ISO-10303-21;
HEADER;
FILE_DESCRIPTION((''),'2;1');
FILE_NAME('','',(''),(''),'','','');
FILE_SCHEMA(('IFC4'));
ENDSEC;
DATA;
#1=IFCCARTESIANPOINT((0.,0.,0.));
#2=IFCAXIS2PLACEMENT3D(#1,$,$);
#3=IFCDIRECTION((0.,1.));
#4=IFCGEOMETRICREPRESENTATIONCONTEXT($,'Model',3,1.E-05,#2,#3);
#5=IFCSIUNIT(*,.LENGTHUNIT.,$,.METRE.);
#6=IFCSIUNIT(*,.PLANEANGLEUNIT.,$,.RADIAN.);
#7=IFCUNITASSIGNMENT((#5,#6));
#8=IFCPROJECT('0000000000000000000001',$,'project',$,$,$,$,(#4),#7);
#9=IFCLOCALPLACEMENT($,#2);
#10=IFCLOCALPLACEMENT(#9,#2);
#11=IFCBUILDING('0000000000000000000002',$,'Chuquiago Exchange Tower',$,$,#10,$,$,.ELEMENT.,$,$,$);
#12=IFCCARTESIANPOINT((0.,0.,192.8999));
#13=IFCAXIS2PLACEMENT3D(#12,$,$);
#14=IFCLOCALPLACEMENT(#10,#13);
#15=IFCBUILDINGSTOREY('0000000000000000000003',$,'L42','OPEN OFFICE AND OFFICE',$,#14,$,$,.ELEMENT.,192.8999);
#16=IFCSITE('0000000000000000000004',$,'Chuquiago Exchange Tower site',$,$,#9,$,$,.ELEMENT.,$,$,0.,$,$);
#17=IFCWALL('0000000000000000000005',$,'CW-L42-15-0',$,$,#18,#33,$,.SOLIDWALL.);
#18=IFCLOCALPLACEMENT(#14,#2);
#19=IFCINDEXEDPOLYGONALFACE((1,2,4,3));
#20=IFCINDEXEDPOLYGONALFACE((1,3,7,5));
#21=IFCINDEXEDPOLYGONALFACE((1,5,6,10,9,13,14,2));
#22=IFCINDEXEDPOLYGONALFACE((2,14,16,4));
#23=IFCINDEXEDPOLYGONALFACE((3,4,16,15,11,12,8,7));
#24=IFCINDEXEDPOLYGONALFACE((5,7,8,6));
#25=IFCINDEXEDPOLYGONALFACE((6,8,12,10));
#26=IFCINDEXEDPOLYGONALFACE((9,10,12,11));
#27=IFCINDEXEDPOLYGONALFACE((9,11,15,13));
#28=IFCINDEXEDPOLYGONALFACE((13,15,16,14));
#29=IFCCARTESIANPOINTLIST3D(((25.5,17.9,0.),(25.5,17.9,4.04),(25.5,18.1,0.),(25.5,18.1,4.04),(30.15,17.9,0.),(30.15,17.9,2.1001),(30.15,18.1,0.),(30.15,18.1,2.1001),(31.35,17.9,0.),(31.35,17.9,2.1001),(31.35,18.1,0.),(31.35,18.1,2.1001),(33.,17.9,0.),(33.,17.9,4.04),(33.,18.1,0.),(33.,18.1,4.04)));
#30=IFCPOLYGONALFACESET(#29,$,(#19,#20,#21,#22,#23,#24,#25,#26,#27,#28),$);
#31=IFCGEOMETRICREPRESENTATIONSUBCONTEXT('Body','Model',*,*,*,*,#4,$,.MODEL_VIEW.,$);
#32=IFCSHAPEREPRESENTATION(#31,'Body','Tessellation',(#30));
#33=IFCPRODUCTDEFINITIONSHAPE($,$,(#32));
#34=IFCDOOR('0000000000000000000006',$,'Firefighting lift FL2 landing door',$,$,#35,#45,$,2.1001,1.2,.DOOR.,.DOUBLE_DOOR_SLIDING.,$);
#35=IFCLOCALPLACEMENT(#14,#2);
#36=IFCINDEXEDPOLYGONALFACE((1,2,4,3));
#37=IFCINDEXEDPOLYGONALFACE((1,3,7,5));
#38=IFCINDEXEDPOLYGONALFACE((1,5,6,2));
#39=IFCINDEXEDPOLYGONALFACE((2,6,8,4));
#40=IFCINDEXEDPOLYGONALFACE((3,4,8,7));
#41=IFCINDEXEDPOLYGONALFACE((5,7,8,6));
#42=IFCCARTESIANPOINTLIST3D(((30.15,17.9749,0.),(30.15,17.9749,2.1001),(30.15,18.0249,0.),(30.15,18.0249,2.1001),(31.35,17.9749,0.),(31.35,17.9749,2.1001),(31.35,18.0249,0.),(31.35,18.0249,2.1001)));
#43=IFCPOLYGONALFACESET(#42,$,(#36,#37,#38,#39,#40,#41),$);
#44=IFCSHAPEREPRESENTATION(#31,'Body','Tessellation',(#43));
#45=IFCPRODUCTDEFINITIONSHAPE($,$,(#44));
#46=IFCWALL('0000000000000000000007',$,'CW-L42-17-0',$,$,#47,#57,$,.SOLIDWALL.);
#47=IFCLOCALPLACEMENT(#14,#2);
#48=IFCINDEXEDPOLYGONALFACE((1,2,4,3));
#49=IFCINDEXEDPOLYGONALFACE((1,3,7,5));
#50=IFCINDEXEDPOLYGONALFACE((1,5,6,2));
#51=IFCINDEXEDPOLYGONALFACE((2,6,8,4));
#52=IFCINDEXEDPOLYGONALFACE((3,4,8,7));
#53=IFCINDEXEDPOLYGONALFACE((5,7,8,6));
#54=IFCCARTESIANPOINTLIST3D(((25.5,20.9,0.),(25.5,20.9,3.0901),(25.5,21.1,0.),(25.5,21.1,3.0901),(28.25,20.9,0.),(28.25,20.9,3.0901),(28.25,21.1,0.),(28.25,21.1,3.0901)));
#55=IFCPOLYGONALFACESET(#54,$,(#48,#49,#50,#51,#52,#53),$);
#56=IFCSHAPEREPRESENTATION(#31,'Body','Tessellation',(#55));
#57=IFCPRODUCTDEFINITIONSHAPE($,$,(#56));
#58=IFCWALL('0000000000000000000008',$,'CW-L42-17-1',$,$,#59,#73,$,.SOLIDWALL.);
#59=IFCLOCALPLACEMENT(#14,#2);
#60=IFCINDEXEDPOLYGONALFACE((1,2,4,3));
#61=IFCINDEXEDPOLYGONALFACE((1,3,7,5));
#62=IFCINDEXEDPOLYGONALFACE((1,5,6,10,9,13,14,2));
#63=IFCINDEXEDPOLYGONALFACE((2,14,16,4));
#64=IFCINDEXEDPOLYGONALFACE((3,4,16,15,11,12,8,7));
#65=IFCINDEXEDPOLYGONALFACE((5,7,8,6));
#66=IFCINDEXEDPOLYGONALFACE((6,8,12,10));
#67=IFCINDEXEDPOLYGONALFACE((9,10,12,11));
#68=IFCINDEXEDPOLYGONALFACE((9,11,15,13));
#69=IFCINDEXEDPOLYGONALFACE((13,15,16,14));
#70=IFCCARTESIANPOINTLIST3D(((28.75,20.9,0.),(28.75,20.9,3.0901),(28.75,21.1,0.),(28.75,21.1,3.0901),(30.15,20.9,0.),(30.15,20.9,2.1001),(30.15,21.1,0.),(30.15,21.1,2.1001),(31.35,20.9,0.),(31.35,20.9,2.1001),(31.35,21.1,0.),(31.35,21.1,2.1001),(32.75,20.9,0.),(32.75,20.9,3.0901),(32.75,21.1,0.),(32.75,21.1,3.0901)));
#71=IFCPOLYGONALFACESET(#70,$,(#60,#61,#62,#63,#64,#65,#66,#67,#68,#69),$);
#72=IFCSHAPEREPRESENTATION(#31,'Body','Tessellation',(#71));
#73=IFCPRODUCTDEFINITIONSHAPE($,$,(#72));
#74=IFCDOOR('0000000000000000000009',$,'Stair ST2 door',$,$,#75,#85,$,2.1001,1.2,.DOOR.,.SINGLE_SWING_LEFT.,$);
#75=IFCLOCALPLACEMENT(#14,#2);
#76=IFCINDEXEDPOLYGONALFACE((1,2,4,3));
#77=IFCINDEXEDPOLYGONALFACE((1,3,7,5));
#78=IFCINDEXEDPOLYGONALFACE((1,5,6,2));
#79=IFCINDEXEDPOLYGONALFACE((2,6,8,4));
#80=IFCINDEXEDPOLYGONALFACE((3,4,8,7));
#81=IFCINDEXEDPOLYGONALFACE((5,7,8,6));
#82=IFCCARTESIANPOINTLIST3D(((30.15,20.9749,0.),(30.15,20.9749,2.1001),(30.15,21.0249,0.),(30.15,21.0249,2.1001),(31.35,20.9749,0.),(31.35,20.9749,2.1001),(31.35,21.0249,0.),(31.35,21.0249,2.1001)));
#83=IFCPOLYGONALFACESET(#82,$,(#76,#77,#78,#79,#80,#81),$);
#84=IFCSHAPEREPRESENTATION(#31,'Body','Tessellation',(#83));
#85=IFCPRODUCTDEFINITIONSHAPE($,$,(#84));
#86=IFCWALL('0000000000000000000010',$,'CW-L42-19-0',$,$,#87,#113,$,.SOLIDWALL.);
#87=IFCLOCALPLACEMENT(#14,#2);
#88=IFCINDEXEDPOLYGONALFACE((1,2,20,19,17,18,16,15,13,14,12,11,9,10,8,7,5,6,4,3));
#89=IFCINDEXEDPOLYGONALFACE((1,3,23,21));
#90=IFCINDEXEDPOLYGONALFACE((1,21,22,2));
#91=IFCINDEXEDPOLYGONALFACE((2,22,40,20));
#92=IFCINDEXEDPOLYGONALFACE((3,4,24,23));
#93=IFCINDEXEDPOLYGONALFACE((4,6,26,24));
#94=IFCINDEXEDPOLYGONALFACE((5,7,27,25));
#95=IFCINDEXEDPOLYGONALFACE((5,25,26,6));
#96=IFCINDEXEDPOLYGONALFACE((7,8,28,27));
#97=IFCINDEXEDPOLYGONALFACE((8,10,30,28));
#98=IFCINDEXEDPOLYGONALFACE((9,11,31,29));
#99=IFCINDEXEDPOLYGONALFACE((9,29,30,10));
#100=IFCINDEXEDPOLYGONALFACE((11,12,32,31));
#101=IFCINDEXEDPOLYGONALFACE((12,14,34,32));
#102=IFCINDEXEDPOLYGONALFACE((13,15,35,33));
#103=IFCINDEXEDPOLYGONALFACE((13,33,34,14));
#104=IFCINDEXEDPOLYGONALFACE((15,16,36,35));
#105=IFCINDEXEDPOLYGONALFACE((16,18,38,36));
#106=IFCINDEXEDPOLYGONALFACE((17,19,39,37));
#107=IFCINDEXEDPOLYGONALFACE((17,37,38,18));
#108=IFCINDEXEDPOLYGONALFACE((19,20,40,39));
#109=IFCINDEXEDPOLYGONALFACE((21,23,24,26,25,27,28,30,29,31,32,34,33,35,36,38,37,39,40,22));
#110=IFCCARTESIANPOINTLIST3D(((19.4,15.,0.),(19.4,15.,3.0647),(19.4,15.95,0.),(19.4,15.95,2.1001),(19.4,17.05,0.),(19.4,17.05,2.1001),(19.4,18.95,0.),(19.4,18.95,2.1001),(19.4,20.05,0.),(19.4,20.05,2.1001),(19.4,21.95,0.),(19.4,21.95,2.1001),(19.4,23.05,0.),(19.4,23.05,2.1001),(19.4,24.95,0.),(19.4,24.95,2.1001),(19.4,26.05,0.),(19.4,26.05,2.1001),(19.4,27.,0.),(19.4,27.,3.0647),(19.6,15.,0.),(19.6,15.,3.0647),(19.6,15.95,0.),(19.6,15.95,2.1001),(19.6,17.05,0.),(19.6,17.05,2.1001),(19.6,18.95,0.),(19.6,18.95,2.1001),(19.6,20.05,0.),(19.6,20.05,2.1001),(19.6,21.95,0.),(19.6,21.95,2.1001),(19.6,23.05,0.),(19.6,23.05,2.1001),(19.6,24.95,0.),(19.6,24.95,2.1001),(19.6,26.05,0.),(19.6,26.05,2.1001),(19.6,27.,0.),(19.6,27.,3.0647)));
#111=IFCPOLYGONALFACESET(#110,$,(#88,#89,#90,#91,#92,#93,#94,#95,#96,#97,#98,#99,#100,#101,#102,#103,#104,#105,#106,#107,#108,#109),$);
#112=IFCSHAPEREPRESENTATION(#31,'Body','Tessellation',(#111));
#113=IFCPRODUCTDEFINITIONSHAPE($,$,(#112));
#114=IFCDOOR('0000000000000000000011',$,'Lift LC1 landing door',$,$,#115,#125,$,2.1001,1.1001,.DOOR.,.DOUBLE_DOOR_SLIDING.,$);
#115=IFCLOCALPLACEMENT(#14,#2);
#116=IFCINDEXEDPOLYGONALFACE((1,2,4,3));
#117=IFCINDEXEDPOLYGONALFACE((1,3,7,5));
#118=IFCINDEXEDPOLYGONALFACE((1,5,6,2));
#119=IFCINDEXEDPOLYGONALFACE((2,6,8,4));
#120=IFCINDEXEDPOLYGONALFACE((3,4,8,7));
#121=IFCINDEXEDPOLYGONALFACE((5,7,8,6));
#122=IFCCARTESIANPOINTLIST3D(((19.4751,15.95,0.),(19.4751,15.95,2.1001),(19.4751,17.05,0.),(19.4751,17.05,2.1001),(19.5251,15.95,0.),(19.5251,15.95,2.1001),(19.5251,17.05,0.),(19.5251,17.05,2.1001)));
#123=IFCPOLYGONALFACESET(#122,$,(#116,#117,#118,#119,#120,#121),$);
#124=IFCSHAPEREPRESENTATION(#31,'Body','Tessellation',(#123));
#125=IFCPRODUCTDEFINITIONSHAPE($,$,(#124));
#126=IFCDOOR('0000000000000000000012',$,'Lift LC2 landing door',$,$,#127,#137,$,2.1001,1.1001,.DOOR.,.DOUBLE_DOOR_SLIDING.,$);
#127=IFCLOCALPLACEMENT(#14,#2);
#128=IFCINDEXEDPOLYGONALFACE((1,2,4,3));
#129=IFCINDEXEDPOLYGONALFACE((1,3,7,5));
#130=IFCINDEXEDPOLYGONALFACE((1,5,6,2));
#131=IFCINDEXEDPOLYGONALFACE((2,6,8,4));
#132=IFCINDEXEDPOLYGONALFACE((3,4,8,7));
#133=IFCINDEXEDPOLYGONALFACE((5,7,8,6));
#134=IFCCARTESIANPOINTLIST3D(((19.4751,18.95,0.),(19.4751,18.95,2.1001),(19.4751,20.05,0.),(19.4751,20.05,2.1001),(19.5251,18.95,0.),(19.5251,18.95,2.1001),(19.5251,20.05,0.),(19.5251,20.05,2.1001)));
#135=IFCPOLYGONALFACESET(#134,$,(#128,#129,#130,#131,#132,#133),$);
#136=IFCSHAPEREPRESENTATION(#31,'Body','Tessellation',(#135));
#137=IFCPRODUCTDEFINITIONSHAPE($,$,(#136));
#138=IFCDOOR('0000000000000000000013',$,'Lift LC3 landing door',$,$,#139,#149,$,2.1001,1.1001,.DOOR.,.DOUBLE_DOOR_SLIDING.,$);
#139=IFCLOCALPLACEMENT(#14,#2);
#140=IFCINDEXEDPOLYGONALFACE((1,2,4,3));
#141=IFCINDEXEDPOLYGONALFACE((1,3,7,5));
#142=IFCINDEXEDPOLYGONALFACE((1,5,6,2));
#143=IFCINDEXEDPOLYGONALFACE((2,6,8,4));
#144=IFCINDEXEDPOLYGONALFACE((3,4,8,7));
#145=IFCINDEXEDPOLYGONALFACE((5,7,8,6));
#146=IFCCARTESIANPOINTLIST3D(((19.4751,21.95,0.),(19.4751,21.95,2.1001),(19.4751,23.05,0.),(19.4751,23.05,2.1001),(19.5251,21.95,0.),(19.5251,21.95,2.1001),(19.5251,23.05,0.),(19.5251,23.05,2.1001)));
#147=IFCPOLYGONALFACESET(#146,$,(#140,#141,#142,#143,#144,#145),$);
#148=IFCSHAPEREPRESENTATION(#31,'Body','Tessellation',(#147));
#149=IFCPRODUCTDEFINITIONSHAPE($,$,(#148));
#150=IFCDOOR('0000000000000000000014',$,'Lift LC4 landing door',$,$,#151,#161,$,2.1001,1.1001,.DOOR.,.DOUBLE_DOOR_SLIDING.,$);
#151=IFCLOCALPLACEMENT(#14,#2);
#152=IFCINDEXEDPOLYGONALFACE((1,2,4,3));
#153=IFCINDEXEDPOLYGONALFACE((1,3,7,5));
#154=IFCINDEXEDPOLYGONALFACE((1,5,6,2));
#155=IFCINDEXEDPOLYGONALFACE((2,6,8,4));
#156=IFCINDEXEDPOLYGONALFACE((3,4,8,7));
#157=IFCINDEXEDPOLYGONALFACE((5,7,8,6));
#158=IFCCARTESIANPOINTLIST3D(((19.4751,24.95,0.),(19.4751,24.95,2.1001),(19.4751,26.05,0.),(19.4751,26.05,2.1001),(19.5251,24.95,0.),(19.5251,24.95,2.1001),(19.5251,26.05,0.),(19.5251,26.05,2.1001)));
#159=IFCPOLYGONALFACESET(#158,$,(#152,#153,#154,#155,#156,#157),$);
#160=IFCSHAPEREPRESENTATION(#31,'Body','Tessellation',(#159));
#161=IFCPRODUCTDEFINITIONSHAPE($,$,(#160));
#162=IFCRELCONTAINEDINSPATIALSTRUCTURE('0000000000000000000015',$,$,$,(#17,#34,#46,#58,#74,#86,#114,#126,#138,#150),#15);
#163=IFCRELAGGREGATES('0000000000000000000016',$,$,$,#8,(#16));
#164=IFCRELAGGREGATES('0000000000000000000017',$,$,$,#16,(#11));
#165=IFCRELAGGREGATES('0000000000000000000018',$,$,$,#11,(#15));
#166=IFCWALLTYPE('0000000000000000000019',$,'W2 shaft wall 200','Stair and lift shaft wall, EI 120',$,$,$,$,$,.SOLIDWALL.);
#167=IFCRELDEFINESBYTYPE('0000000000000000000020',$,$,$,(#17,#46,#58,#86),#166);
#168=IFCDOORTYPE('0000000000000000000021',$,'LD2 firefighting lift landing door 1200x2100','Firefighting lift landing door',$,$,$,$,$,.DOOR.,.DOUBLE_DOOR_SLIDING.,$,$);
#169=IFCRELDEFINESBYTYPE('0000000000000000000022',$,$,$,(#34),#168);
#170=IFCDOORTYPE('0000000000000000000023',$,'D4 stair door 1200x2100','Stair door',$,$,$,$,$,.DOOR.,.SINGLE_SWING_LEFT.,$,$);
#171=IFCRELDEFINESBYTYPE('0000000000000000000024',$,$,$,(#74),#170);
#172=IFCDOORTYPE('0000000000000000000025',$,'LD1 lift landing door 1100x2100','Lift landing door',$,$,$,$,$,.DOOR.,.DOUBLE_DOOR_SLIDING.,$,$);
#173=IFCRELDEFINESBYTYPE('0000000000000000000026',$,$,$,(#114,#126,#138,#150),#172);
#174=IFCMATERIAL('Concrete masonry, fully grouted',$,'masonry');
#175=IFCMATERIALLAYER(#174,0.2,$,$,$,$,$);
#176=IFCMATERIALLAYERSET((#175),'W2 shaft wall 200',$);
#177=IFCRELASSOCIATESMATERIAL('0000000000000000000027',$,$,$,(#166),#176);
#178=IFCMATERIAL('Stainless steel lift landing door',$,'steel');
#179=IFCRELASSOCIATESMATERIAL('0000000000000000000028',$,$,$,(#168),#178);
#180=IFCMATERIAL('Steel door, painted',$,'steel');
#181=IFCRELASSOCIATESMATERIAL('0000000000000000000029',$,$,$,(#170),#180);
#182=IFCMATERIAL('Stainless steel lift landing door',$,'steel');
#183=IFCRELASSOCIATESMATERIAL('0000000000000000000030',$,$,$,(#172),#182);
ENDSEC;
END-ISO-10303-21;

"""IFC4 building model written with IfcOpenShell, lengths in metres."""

from ifc_helpers import new_model, si_unit, direction, frame, frame_2d, origin, place, context, subcontext, project, spatial, rectangle, extrude, material, layer, layer_set, type_object, element, fill, save


model = new_model("IFC4")

# Units and contexts
model_context = context("Model", 3, precision=1e-05, world=origin(), true_north=direction((0.0, 1.0)))
body_context = subcontext(model_context, "Body", "Model", "MODEL_VIEW")
ifc_project = project(units=[si_unit("LENGTHUNIT", "METRE"), si_unit("PLANEANGLEUNIT", "RADIAN")], contexts=[model_context])

# Site, building, storey
site_placement = place(None, origin())
site = spatial("IfcSite", under=ifc_project, at=site_placement, Name="Chuquiago Exchange Tower site", CompositionType="ELEMENT", RefElevation=0.0)
building_placement = place(site_placement, origin())
building = spatial("IfcBuilding", under=site, at=building_placement, Name="Chuquiago Exchange Tower", CompositionType="ELEMENT")
storey_placement = place(building_placement, frame((0.0, 0.0, 192.8999)))
storey = spatial("IfcBuildingStorey", under=building, at=storey_placement, Name="L42", Description="OPEN OFFICE AND OFFICE", CompositionType="ELEMENT", Elevation=192.8999)

# Shared definitions
ifc_material_1 = material(Name="Concrete masonry, fully grouted", Category="masonry")
ifc_layer_1 = layer(ifc_material_1, 0.2)
ifc_layer_set_1 = layer_set([ifc_layer_1], Name="W2 shaft wall 200")
wall_type_1 = type_object("IfcWallType", Name="W2 shaft wall 200", Description="Stair and lift shaft wall, EI 120", PredefinedType="SOLIDWALL", material=ifc_layer_set_1)

# Wall, opening, door
wall_1_placement = place(storey_placement, frame((25.5, 18.0, 0.0), z_axis=(0.0, 0.0, 1.0), x_axis=(1.0, 0.0, 0.0)))
wall_1 = element("IfcWall", 1, at=wall_1_placement, inside=storey, type_object=wall_type_1, Name="CW-L42-15-0", PredefinedType="SOLIDWALL", context=body_context, shape_type="SweptSolid", body=[
    extrude(rectangle(XDim=7.5, YDim=0.2, at=frame_2d((3.75, 0.0))), origin(), (0.0, 0.0, 1.0), 4.04),
])
opening_1_placement = place(wall_1_placement, frame((4.6499, 0.0, 0.0)))
opening_1 = element("IfcOpeningElement", 2, at=opening_1_placement, cuts=wall_1, PredefinedType="OPENING", context=body_context, shape_type="SweptSolid", body=[
    extrude(rectangle(XDim=1.2, YDim=2.1001, at=frame_2d((0.6001, 1.05))), frame((0.0, 0.1099, 0.0), z_axis=(0.0, -1.0, 0.0), x_axis=(1.0, 0.0, 0.0)), (0.0, 0.0, 1.0), 0.22),
])
ifc_material_2 = material(Name="Stainless steel lift landing door", Category="steel")
door_type_1 = type_object("IfcDoorType", Name="LD2 firefighting lift landing door 1200x2100", Description="Firefighting lift landing door", OperationType="DOUBLE_DOOR_SLIDING", PredefinedType="DOOR", material=ifc_material_2)
door_1_placement = place(opening_1_placement, origin())
door_1 = element("IfcDoor", 3, at=door_1_placement, inside=storey, type_object=door_type_1, Name="Firefighting lift FL2 landing door", OperationType="DOUBLE_DOOR_SLIDING", OverallHeight=2.1001, OverallWidth=1.2, PredefinedType="DOOR", context=body_context, shape_type="SweptSolid", body=[
    extrude(rectangle(XDim=1.2, YDim=2.1001, at=frame_2d((0.6001, 1.05))), frame((0.0, 0.0249, 0.0), z_axis=(0.0, -1.0, 0.0), x_axis=(1.0, 0.0, 0.0)), (0.0, 0.0, 1.0), 0.05),
])
fill(opening_1, door_1)

# Wall
wall_2_placement = place(storey_placement, frame((25.5, 21.0, 0.0), z_axis=(0.0, 0.0, 1.0), x_axis=(1.0, 0.0, 0.0)))
element("IfcWall", 4, at=wall_2_placement, inside=storey, type_object=wall_type_1, Name="CW-L42-17-0", PredefinedType="SOLIDWALL", context=body_context, shape_type="SweptSolid", body=[
    extrude(rectangle(XDim=2.75, YDim=0.2, at=frame_2d((1.375, 0.0))), origin(), (0.0, 0.0, 1.0), 3.0901),
])

# Wall, opening, door
wall_3_placement = place(storey_placement, frame((28.75, 21.0, 0.0), z_axis=(0.0, 0.0, 1.0), x_axis=(1.0, 0.0, 0.0)))
wall_3 = element("IfcWall", 5, at=wall_3_placement, inside=storey, type_object=wall_type_1, Name="CW-L42-17-1", PredefinedType="SOLIDWALL", context=body_context, shape_type="SweptSolid", body=[
    extrude(rectangle(XDim=4.0, YDim=0.2, at=frame_2d((2.0, 0.0))), origin(), (0.0, 0.0, 1.0), 3.0901),
])
opening_2_placement = place(wall_3_placement, frame((1.3999, 0.0, 0.0)))
opening_2 = element("IfcOpeningElement", 6, at=opening_2_placement, cuts=wall_3, PredefinedType="OPENING", context=body_context, shape_type="SweptSolid", body=[
    extrude(rectangle(XDim=1.2, YDim=2.1001, at=frame_2d((0.6001, 1.05))), frame((0.0, 0.1099, 0.0), z_axis=(0.0, -1.0, 0.0), x_axis=(1.0, 0.0, 0.0)), (0.0, 0.0, 1.0), 0.22),
])
ifc_material_3 = material(Name="Steel door, painted", Category="steel")
door_type_2 = type_object("IfcDoorType", Name="D4 stair door 1200x2100", Description="Stair door", OperationType="SINGLE_SWING_LEFT", PredefinedType="DOOR", material=ifc_material_3)
door_2_placement = place(opening_2_placement, origin())
door_2 = element("IfcDoor", 7, at=door_2_placement, inside=storey, type_object=door_type_2, Name="Stair ST2 door", OperationType="SINGLE_SWING_LEFT", OverallHeight=2.1001, OverallWidth=1.2, PredefinedType="DOOR", context=body_context, shape_type="SweptSolid", body=[
    extrude(rectangle(XDim=1.2, YDim=2.1001, at=frame_2d((0.6001, 1.05))), frame((0.0, 0.0249, 0.0), z_axis=(0.0, -1.0, 0.0), x_axis=(1.0, 0.0, 0.0)), (0.0, 0.0, 1.0), 0.05),
])
fill(opening_2, door_2)

# Wall, openings, doors
wall_4_placement = place(storey_placement, frame((19.5, 15.0, 0.0), z_axis=(0.0, 0.0, 1.0), x_axis=(0.0, 1.0, 0.0)))
wall_4 = element("IfcWall", 8, at=wall_4_placement, inside=storey, type_object=wall_type_1, Name="CW-L42-19-0", PredefinedType="SOLIDWALL", context=body_context, shape_type="SweptSolid", body=[
    extrude(rectangle(XDim=12.0, YDim=0.2, at=frame_2d((6.0, 0.0))), origin(), (0.0, 0.0, 1.0), 3.0647),
])
opening_3_placement = place(wall_4_placement, frame((0.95, 0.0, 0.0)))
opening_3 = element("IfcOpeningElement", 9, at=opening_3_placement, cuts=wall_4, PredefinedType="OPENING", context=body_context, shape_type="SweptSolid", body=[
    extrude(rectangle(XDim=1.1001, YDim=2.1001, at=frame_2d((0.55, 1.05))), frame((0.0, 0.1099, 0.0), z_axis=(0.0, -1.0, 0.0), x_axis=(1.0, 0.0, 0.0)), (0.0, 0.0, 1.0), 0.22),
])
opening_4_placement = place(wall_4_placement, frame((3.95, 0.0, 0.0)))
opening_4 = element("IfcOpeningElement", 10, at=opening_4_placement, cuts=wall_4, PredefinedType="OPENING", context=body_context, shape_type="SweptSolid", body=[
    extrude(rectangle(XDim=1.1001, YDim=2.1001, at=frame_2d((0.55, 1.05))), frame((0.0, 0.1099, 0.0), z_axis=(0.0, -1.0, 0.0), x_axis=(1.0, 0.0, 0.0)), (0.0, 0.0, 1.0), 0.22),
])
opening_5_placement = place(wall_4_placement, frame((6.95, 0.0, 0.0)))
opening_5 = element("IfcOpeningElement", 11, at=opening_5_placement, cuts=wall_4, PredefinedType="OPENING", context=body_context, shape_type="SweptSolid", body=[
    extrude(rectangle(XDim=1.1001, YDim=2.1001, at=frame_2d((0.55, 1.05))), frame((0.0, 0.1099, 0.0), z_axis=(0.0, -1.0, 0.0), x_axis=(1.0, 0.0, 0.0)), (0.0, 0.0, 1.0), 0.22),
])
opening_6_placement = place(wall_4_placement, frame((9.95, 0.0, 0.0)))
opening_6 = element("IfcOpeningElement", 12, at=opening_6_placement, cuts=wall_4, PredefinedType="OPENING", context=body_context, shape_type="SweptSolid", body=[
    extrude(rectangle(XDim=1.1001, YDim=2.1001, at=frame_2d((0.55, 1.05))), frame((0.0, 0.1099, 0.0), z_axis=(0.0, -1.0, 0.0), x_axis=(1.0, 0.0, 0.0)), (0.0, 0.0, 1.0), 0.22),
])
ifc_material_4 = material(Name="Stainless steel lift landing door", Category="steel")
door_type_3 = type_object("IfcDoorType", Name="LD1 lift landing door 1100x2100", Description="Lift landing door", OperationType="DOUBLE_DOOR_SLIDING", PredefinedType="DOOR", material=ifc_material_4)
door_3_placement = place(opening_3_placement, origin())
door_3 = element("IfcDoor", 13, at=door_3_placement, inside=storey, type_object=door_type_3, Name="Lift LC1 landing door", OperationType="DOUBLE_DOOR_SLIDING", OverallHeight=2.1001, OverallWidth=1.1001, PredefinedType="DOOR", context=body_context, shape_type="SweptSolid", body=[
    extrude(rectangle(XDim=1.1001, YDim=2.1001, at=frame_2d((0.55, 1.05))), frame((0.0, 0.0249, 0.0), z_axis=(0.0, -1.0, 0.0), x_axis=(1.0, 0.0, 0.0)), (0.0, 0.0, 1.0), 0.05),
])
fill(opening_3, door_3)
door_4_placement = place(opening_4_placement, origin())
door_4 = element("IfcDoor", 14, at=door_4_placement, inside=storey, type_object=door_type_3, Name="Lift LC2 landing door", OperationType="DOUBLE_DOOR_SLIDING", OverallHeight=2.1001, OverallWidth=1.1001, PredefinedType="DOOR", context=body_context, shape_type="SweptSolid", body=[
    extrude(rectangle(XDim=1.1001, YDim=2.1001, at=frame_2d((0.55, 1.05))), frame((0.0, 0.0249, 0.0), z_axis=(0.0, -1.0, 0.0), x_axis=(1.0, 0.0, 0.0)), (0.0, 0.0, 1.0), 0.05),
])
fill(opening_4, door_4)
door_5_placement = place(opening_5_placement, origin())
door_5 = element("IfcDoor", 15, at=door_5_placement, inside=storey, type_object=door_type_3, Name="Lift LC3 landing door", OperationType="DOUBLE_DOOR_SLIDING", OverallHeight=2.1001, OverallWidth=1.1001, PredefinedType="DOOR", context=body_context, shape_type="SweptSolid", body=[
    extrude(rectangle(XDim=1.1001, YDim=2.1001, at=frame_2d((0.55, 1.05))), frame((0.0, 0.0249, 0.0), z_axis=(0.0, -1.0, 0.0), x_axis=(1.0, 0.0, 0.0)), (0.0, 0.0, 1.0), 0.05),
])
fill(opening_5, door_5)
door_6_placement = place(opening_6_placement, origin())
door_6 = element("IfcDoor", 16, at=door_6_placement, inside=storey, type_object=door_type_3, Name="Lift LC4 landing door", OperationType="DOUBLE_DOOR_SLIDING", OverallHeight=2.1001, OverallWidth=1.1001, PredefinedType="DOOR", context=body_context, shape_type="SweptSolid", body=[
    extrude(rectangle(XDim=1.1001, YDim=2.1001, at=frame_2d((0.55, 1.05))), frame((0.0, 0.0249, 0.0), z_axis=(0.0, -1.0, 0.0), x_axis=(1.0, 0.0, 0.0)), (0.0, 0.0, 1.0), 0.05),
])
fill(opening_6, door_6)

save(model, "model.ifc")
